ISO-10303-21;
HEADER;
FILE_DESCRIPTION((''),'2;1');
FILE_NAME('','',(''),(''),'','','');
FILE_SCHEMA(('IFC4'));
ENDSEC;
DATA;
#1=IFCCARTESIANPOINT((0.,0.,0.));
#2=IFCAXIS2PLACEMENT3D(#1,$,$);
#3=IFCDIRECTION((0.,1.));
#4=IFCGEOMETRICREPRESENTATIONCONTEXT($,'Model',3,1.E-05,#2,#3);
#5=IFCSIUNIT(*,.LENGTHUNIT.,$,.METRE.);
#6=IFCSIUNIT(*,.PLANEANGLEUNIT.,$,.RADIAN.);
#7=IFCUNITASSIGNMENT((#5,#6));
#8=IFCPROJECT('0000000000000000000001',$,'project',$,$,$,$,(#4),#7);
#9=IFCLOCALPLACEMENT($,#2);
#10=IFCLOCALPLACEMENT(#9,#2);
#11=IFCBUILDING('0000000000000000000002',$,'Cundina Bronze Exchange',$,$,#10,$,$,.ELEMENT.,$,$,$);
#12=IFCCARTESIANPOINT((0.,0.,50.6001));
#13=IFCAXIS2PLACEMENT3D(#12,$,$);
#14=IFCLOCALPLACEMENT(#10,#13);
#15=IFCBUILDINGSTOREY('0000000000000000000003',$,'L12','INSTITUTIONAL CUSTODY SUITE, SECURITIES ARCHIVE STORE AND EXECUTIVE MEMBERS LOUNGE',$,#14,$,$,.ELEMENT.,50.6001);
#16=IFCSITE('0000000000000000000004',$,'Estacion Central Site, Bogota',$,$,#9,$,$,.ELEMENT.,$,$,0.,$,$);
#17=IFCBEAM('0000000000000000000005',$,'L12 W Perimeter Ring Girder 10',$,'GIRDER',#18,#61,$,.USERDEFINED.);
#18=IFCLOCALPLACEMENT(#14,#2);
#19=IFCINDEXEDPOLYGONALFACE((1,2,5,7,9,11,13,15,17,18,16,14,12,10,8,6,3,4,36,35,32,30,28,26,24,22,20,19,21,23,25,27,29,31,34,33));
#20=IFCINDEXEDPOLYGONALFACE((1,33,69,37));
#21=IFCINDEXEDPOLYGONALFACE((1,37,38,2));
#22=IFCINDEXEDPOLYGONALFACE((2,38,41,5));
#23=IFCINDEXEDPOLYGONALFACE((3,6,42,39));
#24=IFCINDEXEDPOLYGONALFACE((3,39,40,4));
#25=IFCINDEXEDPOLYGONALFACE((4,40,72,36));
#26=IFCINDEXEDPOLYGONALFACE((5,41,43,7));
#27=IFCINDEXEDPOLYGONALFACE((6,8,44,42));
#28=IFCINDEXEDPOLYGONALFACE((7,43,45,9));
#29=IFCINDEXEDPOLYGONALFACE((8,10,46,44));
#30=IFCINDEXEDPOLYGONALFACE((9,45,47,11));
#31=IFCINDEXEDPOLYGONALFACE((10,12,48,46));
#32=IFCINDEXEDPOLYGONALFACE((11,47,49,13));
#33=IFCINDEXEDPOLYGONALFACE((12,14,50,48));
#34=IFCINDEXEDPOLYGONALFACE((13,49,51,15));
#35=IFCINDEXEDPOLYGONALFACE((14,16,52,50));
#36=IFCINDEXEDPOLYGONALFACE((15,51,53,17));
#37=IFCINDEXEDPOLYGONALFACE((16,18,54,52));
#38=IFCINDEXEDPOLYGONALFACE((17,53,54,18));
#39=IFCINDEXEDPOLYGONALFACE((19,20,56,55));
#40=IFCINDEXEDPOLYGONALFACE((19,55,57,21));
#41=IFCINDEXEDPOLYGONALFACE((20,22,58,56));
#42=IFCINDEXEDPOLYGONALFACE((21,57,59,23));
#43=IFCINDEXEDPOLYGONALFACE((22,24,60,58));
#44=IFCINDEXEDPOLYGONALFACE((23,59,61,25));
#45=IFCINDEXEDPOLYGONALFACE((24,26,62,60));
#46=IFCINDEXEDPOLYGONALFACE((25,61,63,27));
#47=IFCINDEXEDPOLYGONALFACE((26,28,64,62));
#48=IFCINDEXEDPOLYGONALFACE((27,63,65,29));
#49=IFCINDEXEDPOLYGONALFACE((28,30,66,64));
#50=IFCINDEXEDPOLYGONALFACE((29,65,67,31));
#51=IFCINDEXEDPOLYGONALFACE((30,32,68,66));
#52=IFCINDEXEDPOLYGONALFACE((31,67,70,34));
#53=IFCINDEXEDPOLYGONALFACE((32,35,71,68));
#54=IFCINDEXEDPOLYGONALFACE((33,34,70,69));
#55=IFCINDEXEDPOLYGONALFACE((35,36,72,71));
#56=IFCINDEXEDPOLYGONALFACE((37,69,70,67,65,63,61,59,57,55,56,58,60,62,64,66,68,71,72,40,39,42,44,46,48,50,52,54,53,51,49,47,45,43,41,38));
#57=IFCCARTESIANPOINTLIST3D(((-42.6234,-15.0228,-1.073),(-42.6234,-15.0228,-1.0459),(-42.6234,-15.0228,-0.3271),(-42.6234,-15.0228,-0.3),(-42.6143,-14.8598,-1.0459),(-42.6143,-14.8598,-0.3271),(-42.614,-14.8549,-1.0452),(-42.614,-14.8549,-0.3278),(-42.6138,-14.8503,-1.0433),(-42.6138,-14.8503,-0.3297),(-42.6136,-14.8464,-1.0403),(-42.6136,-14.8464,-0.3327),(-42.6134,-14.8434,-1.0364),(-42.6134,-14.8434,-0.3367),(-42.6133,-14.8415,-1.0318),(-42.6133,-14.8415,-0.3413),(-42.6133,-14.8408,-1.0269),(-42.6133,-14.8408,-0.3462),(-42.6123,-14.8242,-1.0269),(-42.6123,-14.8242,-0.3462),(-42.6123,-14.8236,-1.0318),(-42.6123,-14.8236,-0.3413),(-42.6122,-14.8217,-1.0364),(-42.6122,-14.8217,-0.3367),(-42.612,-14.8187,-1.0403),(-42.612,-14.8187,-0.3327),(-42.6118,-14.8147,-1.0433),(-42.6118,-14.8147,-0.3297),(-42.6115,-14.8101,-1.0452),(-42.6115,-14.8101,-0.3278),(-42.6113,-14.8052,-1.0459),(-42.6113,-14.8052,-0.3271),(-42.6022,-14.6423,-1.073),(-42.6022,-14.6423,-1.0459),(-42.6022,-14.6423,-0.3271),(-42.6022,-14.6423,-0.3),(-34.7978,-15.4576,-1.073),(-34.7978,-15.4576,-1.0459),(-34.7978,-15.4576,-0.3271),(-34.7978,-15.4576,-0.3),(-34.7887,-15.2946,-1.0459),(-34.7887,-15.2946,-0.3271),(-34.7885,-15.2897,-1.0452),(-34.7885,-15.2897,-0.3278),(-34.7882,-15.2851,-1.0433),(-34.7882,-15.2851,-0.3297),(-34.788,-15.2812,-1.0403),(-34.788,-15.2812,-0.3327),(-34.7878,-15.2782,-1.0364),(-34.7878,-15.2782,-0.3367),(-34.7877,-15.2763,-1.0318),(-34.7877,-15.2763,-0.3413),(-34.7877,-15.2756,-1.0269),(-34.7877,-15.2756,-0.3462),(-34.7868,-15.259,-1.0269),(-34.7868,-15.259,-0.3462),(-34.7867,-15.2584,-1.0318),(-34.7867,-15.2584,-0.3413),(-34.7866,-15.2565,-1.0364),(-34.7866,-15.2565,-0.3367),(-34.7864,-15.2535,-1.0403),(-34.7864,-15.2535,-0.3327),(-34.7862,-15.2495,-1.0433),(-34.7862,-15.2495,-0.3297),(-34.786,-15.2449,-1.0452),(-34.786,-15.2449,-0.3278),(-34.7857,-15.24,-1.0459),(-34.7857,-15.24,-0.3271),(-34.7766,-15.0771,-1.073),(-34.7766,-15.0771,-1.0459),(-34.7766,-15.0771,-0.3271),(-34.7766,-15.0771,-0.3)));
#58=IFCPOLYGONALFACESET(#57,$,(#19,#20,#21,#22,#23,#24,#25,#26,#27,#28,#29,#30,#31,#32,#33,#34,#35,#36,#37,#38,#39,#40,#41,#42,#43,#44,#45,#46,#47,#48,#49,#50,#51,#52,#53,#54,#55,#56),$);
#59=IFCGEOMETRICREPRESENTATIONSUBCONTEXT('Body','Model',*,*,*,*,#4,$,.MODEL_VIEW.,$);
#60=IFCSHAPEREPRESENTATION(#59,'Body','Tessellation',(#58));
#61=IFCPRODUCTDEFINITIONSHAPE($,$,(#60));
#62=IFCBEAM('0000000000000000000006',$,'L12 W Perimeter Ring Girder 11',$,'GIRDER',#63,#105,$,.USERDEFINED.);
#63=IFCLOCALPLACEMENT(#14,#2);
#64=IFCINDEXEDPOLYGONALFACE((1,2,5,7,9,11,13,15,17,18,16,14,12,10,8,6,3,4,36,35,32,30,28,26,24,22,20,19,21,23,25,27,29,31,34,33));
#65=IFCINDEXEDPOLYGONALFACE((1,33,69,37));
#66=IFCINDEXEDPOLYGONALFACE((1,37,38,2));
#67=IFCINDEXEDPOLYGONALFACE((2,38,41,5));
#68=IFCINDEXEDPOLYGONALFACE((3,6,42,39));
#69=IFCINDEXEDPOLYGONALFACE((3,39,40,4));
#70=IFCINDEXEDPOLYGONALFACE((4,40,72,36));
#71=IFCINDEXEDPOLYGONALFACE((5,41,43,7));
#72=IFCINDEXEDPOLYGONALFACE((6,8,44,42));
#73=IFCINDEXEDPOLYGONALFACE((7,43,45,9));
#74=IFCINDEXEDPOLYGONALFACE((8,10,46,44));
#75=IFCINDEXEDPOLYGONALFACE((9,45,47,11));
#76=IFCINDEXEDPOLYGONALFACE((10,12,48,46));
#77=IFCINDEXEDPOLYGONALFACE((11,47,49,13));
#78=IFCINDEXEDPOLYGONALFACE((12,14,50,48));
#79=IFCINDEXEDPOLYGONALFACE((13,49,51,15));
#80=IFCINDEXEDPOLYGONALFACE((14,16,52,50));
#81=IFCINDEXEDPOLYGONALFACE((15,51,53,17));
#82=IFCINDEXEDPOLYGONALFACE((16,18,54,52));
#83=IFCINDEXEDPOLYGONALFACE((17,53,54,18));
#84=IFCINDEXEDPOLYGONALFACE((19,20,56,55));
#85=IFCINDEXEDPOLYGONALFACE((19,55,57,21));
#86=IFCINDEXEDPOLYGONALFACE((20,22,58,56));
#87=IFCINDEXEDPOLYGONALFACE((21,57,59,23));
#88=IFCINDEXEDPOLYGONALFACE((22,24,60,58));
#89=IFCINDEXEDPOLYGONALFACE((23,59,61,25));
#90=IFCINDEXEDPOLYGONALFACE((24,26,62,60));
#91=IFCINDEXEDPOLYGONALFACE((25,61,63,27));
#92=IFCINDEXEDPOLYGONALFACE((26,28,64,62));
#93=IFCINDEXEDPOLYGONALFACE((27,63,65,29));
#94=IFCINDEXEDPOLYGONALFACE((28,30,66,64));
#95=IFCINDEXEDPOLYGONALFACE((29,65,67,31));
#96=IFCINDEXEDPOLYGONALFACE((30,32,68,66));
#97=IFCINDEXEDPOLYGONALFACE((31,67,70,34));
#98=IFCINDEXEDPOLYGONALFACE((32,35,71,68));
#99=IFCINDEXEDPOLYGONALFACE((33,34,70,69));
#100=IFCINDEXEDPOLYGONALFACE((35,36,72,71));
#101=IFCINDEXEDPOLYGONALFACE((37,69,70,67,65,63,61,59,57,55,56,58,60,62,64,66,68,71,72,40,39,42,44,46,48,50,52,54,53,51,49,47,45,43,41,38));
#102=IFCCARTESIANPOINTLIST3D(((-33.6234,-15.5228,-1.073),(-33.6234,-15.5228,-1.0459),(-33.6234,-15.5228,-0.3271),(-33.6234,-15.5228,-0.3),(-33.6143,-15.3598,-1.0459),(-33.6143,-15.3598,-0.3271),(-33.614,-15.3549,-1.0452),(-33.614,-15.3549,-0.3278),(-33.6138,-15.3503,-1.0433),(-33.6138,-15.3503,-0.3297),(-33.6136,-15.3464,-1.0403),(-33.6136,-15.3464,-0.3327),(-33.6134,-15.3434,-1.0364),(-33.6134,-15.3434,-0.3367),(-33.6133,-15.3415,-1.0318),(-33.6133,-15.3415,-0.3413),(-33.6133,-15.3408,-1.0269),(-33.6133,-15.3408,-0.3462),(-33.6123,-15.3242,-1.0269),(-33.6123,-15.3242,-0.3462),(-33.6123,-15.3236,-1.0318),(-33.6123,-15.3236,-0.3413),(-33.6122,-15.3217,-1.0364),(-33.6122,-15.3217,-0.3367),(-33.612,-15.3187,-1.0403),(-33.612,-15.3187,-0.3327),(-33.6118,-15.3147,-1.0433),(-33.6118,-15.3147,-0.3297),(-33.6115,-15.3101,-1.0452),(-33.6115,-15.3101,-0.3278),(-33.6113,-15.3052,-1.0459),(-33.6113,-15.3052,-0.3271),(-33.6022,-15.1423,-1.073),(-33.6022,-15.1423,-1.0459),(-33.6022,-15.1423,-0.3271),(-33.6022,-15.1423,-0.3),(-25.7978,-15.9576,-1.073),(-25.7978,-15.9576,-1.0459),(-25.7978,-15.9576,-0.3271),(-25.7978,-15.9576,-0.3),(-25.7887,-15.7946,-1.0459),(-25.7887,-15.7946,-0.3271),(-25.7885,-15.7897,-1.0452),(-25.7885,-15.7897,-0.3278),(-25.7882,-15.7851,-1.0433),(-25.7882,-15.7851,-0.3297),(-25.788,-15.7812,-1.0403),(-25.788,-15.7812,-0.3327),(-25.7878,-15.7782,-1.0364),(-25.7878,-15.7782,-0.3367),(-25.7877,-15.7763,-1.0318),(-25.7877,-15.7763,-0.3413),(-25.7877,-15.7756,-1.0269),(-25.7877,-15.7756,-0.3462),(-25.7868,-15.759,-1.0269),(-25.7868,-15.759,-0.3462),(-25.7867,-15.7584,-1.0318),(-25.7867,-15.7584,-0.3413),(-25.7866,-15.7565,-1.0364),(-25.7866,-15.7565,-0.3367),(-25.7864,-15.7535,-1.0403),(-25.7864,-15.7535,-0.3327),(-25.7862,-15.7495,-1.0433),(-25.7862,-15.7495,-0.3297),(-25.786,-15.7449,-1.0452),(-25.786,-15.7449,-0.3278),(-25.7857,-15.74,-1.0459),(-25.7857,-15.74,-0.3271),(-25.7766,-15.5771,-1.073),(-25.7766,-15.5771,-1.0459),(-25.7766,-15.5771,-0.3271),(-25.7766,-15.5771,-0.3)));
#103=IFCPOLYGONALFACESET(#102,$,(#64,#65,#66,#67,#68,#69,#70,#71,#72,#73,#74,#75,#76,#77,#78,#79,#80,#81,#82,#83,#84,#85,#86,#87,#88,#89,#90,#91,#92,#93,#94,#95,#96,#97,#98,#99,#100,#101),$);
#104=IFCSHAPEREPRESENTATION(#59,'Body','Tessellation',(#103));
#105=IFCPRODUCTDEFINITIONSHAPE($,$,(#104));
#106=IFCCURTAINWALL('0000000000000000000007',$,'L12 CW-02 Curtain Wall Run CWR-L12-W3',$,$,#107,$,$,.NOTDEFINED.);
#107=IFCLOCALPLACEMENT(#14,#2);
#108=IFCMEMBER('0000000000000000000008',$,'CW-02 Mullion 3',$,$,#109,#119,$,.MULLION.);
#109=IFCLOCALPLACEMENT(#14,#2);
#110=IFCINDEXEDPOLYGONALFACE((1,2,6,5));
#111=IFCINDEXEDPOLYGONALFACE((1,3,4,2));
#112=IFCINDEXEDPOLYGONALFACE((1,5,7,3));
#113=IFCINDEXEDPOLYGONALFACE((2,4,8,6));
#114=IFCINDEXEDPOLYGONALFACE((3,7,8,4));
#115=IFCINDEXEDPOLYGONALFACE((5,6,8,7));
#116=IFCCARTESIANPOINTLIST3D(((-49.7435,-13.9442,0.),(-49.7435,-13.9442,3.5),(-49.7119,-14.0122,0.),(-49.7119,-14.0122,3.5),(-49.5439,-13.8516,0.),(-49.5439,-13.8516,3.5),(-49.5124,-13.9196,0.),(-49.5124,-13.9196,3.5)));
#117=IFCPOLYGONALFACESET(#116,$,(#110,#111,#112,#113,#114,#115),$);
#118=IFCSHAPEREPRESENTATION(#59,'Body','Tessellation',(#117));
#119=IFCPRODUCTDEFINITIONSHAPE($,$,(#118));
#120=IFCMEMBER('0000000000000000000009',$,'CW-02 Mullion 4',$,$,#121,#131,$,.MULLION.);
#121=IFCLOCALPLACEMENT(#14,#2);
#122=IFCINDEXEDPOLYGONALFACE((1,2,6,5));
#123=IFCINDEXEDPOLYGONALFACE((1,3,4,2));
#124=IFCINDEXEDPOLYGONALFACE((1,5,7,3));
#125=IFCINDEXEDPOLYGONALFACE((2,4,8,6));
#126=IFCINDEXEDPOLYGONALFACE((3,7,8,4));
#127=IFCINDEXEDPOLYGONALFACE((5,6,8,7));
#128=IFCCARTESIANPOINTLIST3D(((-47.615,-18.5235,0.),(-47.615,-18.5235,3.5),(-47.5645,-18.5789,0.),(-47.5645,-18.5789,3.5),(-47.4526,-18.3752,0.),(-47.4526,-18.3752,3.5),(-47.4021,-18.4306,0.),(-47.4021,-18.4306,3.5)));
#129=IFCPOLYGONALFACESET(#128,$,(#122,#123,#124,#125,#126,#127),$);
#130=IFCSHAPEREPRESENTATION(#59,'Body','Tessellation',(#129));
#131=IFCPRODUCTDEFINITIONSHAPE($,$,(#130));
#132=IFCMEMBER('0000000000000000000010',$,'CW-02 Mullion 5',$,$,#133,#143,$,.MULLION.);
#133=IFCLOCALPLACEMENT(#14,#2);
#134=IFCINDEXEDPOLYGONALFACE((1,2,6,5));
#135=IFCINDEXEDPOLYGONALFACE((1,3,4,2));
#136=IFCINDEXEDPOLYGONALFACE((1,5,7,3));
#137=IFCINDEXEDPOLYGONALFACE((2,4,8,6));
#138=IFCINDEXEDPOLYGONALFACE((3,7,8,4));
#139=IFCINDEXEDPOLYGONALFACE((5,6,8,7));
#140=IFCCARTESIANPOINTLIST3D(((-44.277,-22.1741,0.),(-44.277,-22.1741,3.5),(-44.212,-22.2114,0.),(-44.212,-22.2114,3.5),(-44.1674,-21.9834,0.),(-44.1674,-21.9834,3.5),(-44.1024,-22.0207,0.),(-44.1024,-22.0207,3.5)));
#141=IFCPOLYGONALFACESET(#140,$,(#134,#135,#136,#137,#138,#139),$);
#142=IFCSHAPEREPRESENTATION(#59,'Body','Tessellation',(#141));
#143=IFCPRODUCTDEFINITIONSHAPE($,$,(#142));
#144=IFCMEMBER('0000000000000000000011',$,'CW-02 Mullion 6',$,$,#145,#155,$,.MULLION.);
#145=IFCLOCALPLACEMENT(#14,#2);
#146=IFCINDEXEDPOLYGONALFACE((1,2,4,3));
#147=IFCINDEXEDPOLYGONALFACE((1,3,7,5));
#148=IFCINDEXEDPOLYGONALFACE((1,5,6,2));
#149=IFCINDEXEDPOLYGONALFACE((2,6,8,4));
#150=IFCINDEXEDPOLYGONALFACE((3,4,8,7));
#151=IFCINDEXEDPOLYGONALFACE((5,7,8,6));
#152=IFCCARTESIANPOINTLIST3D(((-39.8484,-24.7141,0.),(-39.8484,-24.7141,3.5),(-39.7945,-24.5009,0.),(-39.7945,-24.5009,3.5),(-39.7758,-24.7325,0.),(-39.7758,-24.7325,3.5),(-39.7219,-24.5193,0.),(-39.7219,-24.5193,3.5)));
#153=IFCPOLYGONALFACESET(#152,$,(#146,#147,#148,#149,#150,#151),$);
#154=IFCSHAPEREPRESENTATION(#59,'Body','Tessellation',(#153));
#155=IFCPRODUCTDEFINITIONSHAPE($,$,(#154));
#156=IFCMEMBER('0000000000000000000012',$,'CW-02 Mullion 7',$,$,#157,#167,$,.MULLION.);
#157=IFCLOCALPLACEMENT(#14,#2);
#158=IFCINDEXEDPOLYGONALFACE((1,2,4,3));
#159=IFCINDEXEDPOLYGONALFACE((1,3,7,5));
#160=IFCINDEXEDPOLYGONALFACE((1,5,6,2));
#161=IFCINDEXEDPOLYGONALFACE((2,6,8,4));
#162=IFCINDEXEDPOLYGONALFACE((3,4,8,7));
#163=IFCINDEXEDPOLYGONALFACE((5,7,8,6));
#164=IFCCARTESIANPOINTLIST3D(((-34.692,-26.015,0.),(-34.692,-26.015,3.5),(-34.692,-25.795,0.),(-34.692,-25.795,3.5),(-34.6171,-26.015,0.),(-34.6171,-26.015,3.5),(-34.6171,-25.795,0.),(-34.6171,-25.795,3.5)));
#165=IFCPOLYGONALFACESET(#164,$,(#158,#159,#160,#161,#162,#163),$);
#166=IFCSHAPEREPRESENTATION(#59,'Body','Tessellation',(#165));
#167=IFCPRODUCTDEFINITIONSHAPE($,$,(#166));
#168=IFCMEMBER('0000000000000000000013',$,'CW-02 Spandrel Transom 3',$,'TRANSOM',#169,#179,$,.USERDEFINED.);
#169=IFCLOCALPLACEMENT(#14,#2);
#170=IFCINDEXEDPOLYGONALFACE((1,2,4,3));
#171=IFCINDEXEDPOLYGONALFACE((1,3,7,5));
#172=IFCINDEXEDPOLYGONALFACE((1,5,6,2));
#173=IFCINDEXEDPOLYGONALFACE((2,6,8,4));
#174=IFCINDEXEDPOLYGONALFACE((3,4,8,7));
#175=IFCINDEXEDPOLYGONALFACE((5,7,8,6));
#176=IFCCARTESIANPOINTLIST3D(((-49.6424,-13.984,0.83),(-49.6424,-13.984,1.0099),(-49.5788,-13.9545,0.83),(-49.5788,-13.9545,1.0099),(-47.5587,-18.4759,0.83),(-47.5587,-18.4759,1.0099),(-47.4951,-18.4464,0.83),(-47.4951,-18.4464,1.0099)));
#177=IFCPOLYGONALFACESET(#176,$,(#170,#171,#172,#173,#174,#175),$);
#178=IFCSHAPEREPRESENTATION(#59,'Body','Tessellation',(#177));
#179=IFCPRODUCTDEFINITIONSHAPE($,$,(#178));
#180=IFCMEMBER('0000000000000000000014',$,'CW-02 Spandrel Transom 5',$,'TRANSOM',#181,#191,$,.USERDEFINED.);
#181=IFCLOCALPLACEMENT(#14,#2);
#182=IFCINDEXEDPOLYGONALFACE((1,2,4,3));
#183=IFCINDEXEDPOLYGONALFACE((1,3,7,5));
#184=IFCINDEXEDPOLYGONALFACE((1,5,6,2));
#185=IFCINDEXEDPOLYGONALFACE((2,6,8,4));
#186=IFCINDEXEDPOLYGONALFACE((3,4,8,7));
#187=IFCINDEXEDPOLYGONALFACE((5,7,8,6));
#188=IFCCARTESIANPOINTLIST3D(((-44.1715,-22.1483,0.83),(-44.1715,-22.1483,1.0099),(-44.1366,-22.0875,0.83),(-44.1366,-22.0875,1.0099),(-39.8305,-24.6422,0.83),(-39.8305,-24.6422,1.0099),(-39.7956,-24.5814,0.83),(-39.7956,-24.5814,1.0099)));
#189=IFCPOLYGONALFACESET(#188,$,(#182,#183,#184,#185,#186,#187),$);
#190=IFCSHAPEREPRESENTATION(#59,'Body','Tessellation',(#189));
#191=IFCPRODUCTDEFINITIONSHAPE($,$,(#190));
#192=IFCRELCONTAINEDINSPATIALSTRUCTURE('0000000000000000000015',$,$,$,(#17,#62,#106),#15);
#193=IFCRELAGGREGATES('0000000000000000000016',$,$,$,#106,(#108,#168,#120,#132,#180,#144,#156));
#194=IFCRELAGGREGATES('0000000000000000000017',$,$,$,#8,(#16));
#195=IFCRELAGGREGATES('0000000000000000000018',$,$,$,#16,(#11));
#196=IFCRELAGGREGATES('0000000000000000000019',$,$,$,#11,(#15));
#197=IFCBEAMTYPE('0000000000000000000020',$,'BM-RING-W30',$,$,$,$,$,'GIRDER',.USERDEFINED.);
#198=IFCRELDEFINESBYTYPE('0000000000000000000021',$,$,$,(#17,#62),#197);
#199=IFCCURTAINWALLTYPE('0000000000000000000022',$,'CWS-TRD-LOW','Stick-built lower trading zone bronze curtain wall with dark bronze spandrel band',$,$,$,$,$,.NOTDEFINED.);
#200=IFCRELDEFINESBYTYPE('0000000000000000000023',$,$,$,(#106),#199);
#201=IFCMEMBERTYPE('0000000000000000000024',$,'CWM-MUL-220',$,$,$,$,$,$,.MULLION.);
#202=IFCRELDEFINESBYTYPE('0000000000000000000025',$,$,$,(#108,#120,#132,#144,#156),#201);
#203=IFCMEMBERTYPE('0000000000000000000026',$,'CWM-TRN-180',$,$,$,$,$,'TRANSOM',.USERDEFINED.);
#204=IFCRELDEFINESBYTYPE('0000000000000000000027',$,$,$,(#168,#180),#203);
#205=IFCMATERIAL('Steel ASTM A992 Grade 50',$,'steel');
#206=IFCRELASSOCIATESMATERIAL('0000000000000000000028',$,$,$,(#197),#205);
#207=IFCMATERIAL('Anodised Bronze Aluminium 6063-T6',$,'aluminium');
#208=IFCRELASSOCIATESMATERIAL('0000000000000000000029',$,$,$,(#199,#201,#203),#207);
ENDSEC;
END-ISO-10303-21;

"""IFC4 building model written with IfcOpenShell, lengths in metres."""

from ifc_helpers import new_model, si_unit, direction, frame, origin, origin_2d, place, context, subcontext, project, spatial, rectangle, i_section, extrude, material, material_profile, profile_set, type_object, element, aggregate, save


model = new_model("IFC4")

# Units and contexts
model_context = context("Model", 3, precision=1e-05, world=origin(), true_north=direction((0.0, 1.0)))
body_context = subcontext(model_context, "Body", "Model", "MODEL_VIEW")
ifc_project = project(units=[si_unit("LENGTHUNIT", "METRE"), si_unit("PLANEANGLEUNIT", "RADIAN")], contexts=[model_context])

# Site, building, storey
site_placement = place(None, origin())
site = spatial("IfcSite", under=ifc_project, at=site_placement, Name="Estacion Central Site, Bogota", CompositionType="ELEMENT", RefElevation=0.0)
building_placement = place(site_placement, origin())
building = spatial("IfcBuilding", under=site, at=building_placement, Name="Cundina Bronze Exchange", CompositionType="ELEMENT")
storey_placement = place(building_placement, frame((0.0, 0.0, 50.6001)))
storey = spatial("IfcBuildingStorey", under=building, at=storey_placement, Name="L12", Description="INSTITUTIONAL CUSTODY SUITE, SECURITIES ARCHIVE STORE AND EXECUTIVE MEMBERS LOUNGE", CompositionType="ELEMENT", Elevation=50.6001)

# Beams
ifc_material_1 = material(Name="Steel ASTM A992 Grade 50", Category="steel")
ifc_material_profile_1 = material_profile(ifc_material_1, i_section(OverallWidth=0.3811, OverallDepth=0.7729, WebThickness=0.0166, FlangeThickness=0.0271, FilletRadius=0.019, at=origin_2d()), Name="W30X173", Category="steel")
ifc_profile_set_1 = profile_set([ifc_material_profile_1], Name="Steel ASTM A992 Grade 50")
beam_type_1 = type_object("IfcBeamType", Name="BM-RING-W30", ElementType="GIRDER", PredefinedType="USERDEFINED", material=ifc_profile_set_1)
for number, where, z_axis, x_axis, name in (
    (1, (-42.6128, -14.8325, -0.6865), (0.99846, -0.055477, 0.0), (0.055477, 0.99846, 0.0), "L12 W Perimeter Ring Girder 10"),
    (2, (-33.6128, -15.3325, -0.6865), (0.99846, -0.055477, 0.0), (0.055477, 0.99846, 0.0), "L12 W Perimeter Ring Girder 11"),
):
    element("IfcBeam", number, at=place(storey_placement, frame(where, z_axis=z_axis, x_axis=x_axis)), inside=storey, type_object=beam_type_1, Name=name, ObjectType="GIRDER", PredefinedType="USERDEFINED", context=body_context, shape_type="SweptSolid", body=[
        extrude(i_section(OverallWidth=0.3811, OverallDepth=0.7729, WebThickness=0.0166, FlangeThickness=0.0271, FilletRadius=0.019, at=origin_2d()), origin(), (0.0, 0.0, 1.0), 7.8376),
    ])

# Curtain wall, members
ifc_material_2 = material(Name="Anodised Bronze Aluminium 6063-T6", Category="aluminium")
curtain_wall_type = type_object("IfcCurtainWallType", Name="CWS-TRD-LOW", Description="Stick-built lower trading zone bronze curtain wall with dark bronze spandrel band", PredefinedType="NOTDEFINED", material=ifc_material_2)
curtain_wall_placement = place(storey_placement, origin())
curtain_wall = element("IfcCurtainWall", 3, at=curtain_wall_placement, inside=storey, type_object=curtain_wall_type, Name="L12 CW-02 Curtain Wall Run CWR-L12-W3", PredefinedType="NOTDEFINED")
ifc_material_profile_2 = material_profile(ifc_material_2, rectangle(XDim=0.075, YDim=0.22, at=origin_2d()), Name="AL75X220", Category="aluminium")
ifc_profile_set_2 = profile_set([ifc_material_profile_2], Name="Anodised Bronze Aluminium 6063-T6")
member_type_1 = type_object("IfcMemberType", Name="CWM-MUL-220", PredefinedType="MULLION", material=ifc_profile_set_2)
member_1_placement = place(storey_placement, frame((-49.6279, -13.9319, 0.0), z_axis=(0.0, 0.0, 1.0), x_axis=(0.420877, -0.907117, 0.0)))
member_1 = element("IfcMember", 4, at=member_1_placement, type_object=member_type_1, Name="CW-02 Mullion 3", PredefinedType="MULLION", context=body_context, shape_type="SweptSolid", body=[
    extrude(rectangle(XDim=0.075, YDim=0.22, at=origin_2d()), origin(), (0.0, 0.0, 1.0), 3.5),
])
member_2_placement = place(storey_placement, frame((-47.5085, -18.4771, 0.0), z_axis=(0.0, 0.0, 1.0), x_axis=(0.674302, -0.738455, 0.0)))
member_2 = element("IfcMember", 5, at=member_2_placement, type_object=member_type_1, Name="CW-02 Mullion 4", PredefinedType="MULLION", context=body_context, shape_type="SweptSolid", body=[
    extrude(rectangle(XDim=0.075, YDim=0.22, at=origin_2d()), origin(), (0.0, 0.0, 1.0), 3.5),
])
member_3_placement = place(storey_placement, frame((-44.1897, -22.0974, 0.0), z_axis=(0.0, 0.0, 1.0), x_axis=(0.867071, -0.498185, 0.0)))
member_3 = element("IfcMember", 6, at=member_3_placement, type_object=member_type_1, Name="CW-02 Mullion 5", PredefinedType="MULLION", context=body_context, shape_type="SweptSolid", body=[
    extrude(rectangle(XDim=0.075, YDim=0.22, at=origin_2d()), origin(), (0.0, 0.0, 1.0), 3.5),
])
member_4_placement = place(storey_placement, frame((-39.7852, -24.6167, 0.0), z_axis=(0.0, 0.0, 1.0), x_axis=(0.969488, -0.245138, 0.0)))
member_4 = element("IfcMember", 7, at=member_4_placement, type_object=member_type_1, Name="CW-02 Mullion 6", PredefinedType="MULLION", context=body_context, shape_type="SweptSolid", body=[
    extrude(rectangle(XDim=0.075, YDim=0.22, at=origin_2d()), origin(), (0.0, 0.0, 1.0), 3.5),
])
member_5_placement = place(storey_placement, frame((-34.6545, -25.905, 0.0), z_axis=(0.0, 0.0, 1.0), x_axis=(1.0, 0.0, 0.0)))
member_5 = element("IfcMember", 8, at=member_5_placement, type_object=member_type_1, Name="CW-02 Mullion 7", PredefinedType="MULLION", context=body_context, shape_type="SweptSolid", body=[
    extrude(rectangle(XDim=0.075, YDim=0.22, at=origin_2d()), origin(), (0.0, 0.0, 1.0), 3.5),
])
ifc_material_profile_3 = material_profile(ifc_material_2, rectangle(XDim=0.0701, YDim=0.1799, at=origin_2d()), Name="AL70X180", Category="aluminium")
ifc_profile_set_3 = profile_set([ifc_material_profile_3], Name="Anodised Bronze Aluminium 6063-T6")
member_type_2 = type_object("IfcMemberType", Name="CWM-TRN-180", ElementType="TRANSOM", PredefinedType="USERDEFINED", material=ifc_profile_set_3)
member_6_placement = place(storey_placement, frame((-49.6106, -13.9692, 0.9199), z_axis=(0.420811, -0.907148, 0.0), x_axis=(0.907148, 0.420811, 0.0)))
member_6 = element("IfcMember", 9, at=member_6_placement, type_object=member_type_2, Name="CW-02 Spandrel Transom 3", ObjectType="TRANSOM", PredefinedType="USERDEFINED", context=body_context, shape_type="SweptSolid", body=[
    extrude(rectangle(XDim=0.0701, YDim=0.1799, at=origin_2d()), origin(), (0.0, 0.0, 1.0), 4.9517),
])
member_7_placement = place(storey_placement, frame((-44.1541, -22.1179, 0.9199), z_axis=(0.867097, -0.498139, 0.0), x_axis=(0.498139, 0.867097, 0.0)))
member_7 = element("IfcMember", 10, at=member_7_placement, type_object=member_type_2, Name="CW-02 Spandrel Transom 5", ObjectType="TRANSOM", PredefinedType="USERDEFINED", context=body_context, shape_type="SweptSolid", body=[
    extrude(rectangle(XDim=0.0701, YDim=0.1799, at=origin_2d()), origin(), (0.0, 0.0, 1.0), 5.0063),
])
aggregate(curtain_wall, [member_1, member_6, member_2, member_3, member_7, member_4, member_5])

save(model, "model.ifc")
